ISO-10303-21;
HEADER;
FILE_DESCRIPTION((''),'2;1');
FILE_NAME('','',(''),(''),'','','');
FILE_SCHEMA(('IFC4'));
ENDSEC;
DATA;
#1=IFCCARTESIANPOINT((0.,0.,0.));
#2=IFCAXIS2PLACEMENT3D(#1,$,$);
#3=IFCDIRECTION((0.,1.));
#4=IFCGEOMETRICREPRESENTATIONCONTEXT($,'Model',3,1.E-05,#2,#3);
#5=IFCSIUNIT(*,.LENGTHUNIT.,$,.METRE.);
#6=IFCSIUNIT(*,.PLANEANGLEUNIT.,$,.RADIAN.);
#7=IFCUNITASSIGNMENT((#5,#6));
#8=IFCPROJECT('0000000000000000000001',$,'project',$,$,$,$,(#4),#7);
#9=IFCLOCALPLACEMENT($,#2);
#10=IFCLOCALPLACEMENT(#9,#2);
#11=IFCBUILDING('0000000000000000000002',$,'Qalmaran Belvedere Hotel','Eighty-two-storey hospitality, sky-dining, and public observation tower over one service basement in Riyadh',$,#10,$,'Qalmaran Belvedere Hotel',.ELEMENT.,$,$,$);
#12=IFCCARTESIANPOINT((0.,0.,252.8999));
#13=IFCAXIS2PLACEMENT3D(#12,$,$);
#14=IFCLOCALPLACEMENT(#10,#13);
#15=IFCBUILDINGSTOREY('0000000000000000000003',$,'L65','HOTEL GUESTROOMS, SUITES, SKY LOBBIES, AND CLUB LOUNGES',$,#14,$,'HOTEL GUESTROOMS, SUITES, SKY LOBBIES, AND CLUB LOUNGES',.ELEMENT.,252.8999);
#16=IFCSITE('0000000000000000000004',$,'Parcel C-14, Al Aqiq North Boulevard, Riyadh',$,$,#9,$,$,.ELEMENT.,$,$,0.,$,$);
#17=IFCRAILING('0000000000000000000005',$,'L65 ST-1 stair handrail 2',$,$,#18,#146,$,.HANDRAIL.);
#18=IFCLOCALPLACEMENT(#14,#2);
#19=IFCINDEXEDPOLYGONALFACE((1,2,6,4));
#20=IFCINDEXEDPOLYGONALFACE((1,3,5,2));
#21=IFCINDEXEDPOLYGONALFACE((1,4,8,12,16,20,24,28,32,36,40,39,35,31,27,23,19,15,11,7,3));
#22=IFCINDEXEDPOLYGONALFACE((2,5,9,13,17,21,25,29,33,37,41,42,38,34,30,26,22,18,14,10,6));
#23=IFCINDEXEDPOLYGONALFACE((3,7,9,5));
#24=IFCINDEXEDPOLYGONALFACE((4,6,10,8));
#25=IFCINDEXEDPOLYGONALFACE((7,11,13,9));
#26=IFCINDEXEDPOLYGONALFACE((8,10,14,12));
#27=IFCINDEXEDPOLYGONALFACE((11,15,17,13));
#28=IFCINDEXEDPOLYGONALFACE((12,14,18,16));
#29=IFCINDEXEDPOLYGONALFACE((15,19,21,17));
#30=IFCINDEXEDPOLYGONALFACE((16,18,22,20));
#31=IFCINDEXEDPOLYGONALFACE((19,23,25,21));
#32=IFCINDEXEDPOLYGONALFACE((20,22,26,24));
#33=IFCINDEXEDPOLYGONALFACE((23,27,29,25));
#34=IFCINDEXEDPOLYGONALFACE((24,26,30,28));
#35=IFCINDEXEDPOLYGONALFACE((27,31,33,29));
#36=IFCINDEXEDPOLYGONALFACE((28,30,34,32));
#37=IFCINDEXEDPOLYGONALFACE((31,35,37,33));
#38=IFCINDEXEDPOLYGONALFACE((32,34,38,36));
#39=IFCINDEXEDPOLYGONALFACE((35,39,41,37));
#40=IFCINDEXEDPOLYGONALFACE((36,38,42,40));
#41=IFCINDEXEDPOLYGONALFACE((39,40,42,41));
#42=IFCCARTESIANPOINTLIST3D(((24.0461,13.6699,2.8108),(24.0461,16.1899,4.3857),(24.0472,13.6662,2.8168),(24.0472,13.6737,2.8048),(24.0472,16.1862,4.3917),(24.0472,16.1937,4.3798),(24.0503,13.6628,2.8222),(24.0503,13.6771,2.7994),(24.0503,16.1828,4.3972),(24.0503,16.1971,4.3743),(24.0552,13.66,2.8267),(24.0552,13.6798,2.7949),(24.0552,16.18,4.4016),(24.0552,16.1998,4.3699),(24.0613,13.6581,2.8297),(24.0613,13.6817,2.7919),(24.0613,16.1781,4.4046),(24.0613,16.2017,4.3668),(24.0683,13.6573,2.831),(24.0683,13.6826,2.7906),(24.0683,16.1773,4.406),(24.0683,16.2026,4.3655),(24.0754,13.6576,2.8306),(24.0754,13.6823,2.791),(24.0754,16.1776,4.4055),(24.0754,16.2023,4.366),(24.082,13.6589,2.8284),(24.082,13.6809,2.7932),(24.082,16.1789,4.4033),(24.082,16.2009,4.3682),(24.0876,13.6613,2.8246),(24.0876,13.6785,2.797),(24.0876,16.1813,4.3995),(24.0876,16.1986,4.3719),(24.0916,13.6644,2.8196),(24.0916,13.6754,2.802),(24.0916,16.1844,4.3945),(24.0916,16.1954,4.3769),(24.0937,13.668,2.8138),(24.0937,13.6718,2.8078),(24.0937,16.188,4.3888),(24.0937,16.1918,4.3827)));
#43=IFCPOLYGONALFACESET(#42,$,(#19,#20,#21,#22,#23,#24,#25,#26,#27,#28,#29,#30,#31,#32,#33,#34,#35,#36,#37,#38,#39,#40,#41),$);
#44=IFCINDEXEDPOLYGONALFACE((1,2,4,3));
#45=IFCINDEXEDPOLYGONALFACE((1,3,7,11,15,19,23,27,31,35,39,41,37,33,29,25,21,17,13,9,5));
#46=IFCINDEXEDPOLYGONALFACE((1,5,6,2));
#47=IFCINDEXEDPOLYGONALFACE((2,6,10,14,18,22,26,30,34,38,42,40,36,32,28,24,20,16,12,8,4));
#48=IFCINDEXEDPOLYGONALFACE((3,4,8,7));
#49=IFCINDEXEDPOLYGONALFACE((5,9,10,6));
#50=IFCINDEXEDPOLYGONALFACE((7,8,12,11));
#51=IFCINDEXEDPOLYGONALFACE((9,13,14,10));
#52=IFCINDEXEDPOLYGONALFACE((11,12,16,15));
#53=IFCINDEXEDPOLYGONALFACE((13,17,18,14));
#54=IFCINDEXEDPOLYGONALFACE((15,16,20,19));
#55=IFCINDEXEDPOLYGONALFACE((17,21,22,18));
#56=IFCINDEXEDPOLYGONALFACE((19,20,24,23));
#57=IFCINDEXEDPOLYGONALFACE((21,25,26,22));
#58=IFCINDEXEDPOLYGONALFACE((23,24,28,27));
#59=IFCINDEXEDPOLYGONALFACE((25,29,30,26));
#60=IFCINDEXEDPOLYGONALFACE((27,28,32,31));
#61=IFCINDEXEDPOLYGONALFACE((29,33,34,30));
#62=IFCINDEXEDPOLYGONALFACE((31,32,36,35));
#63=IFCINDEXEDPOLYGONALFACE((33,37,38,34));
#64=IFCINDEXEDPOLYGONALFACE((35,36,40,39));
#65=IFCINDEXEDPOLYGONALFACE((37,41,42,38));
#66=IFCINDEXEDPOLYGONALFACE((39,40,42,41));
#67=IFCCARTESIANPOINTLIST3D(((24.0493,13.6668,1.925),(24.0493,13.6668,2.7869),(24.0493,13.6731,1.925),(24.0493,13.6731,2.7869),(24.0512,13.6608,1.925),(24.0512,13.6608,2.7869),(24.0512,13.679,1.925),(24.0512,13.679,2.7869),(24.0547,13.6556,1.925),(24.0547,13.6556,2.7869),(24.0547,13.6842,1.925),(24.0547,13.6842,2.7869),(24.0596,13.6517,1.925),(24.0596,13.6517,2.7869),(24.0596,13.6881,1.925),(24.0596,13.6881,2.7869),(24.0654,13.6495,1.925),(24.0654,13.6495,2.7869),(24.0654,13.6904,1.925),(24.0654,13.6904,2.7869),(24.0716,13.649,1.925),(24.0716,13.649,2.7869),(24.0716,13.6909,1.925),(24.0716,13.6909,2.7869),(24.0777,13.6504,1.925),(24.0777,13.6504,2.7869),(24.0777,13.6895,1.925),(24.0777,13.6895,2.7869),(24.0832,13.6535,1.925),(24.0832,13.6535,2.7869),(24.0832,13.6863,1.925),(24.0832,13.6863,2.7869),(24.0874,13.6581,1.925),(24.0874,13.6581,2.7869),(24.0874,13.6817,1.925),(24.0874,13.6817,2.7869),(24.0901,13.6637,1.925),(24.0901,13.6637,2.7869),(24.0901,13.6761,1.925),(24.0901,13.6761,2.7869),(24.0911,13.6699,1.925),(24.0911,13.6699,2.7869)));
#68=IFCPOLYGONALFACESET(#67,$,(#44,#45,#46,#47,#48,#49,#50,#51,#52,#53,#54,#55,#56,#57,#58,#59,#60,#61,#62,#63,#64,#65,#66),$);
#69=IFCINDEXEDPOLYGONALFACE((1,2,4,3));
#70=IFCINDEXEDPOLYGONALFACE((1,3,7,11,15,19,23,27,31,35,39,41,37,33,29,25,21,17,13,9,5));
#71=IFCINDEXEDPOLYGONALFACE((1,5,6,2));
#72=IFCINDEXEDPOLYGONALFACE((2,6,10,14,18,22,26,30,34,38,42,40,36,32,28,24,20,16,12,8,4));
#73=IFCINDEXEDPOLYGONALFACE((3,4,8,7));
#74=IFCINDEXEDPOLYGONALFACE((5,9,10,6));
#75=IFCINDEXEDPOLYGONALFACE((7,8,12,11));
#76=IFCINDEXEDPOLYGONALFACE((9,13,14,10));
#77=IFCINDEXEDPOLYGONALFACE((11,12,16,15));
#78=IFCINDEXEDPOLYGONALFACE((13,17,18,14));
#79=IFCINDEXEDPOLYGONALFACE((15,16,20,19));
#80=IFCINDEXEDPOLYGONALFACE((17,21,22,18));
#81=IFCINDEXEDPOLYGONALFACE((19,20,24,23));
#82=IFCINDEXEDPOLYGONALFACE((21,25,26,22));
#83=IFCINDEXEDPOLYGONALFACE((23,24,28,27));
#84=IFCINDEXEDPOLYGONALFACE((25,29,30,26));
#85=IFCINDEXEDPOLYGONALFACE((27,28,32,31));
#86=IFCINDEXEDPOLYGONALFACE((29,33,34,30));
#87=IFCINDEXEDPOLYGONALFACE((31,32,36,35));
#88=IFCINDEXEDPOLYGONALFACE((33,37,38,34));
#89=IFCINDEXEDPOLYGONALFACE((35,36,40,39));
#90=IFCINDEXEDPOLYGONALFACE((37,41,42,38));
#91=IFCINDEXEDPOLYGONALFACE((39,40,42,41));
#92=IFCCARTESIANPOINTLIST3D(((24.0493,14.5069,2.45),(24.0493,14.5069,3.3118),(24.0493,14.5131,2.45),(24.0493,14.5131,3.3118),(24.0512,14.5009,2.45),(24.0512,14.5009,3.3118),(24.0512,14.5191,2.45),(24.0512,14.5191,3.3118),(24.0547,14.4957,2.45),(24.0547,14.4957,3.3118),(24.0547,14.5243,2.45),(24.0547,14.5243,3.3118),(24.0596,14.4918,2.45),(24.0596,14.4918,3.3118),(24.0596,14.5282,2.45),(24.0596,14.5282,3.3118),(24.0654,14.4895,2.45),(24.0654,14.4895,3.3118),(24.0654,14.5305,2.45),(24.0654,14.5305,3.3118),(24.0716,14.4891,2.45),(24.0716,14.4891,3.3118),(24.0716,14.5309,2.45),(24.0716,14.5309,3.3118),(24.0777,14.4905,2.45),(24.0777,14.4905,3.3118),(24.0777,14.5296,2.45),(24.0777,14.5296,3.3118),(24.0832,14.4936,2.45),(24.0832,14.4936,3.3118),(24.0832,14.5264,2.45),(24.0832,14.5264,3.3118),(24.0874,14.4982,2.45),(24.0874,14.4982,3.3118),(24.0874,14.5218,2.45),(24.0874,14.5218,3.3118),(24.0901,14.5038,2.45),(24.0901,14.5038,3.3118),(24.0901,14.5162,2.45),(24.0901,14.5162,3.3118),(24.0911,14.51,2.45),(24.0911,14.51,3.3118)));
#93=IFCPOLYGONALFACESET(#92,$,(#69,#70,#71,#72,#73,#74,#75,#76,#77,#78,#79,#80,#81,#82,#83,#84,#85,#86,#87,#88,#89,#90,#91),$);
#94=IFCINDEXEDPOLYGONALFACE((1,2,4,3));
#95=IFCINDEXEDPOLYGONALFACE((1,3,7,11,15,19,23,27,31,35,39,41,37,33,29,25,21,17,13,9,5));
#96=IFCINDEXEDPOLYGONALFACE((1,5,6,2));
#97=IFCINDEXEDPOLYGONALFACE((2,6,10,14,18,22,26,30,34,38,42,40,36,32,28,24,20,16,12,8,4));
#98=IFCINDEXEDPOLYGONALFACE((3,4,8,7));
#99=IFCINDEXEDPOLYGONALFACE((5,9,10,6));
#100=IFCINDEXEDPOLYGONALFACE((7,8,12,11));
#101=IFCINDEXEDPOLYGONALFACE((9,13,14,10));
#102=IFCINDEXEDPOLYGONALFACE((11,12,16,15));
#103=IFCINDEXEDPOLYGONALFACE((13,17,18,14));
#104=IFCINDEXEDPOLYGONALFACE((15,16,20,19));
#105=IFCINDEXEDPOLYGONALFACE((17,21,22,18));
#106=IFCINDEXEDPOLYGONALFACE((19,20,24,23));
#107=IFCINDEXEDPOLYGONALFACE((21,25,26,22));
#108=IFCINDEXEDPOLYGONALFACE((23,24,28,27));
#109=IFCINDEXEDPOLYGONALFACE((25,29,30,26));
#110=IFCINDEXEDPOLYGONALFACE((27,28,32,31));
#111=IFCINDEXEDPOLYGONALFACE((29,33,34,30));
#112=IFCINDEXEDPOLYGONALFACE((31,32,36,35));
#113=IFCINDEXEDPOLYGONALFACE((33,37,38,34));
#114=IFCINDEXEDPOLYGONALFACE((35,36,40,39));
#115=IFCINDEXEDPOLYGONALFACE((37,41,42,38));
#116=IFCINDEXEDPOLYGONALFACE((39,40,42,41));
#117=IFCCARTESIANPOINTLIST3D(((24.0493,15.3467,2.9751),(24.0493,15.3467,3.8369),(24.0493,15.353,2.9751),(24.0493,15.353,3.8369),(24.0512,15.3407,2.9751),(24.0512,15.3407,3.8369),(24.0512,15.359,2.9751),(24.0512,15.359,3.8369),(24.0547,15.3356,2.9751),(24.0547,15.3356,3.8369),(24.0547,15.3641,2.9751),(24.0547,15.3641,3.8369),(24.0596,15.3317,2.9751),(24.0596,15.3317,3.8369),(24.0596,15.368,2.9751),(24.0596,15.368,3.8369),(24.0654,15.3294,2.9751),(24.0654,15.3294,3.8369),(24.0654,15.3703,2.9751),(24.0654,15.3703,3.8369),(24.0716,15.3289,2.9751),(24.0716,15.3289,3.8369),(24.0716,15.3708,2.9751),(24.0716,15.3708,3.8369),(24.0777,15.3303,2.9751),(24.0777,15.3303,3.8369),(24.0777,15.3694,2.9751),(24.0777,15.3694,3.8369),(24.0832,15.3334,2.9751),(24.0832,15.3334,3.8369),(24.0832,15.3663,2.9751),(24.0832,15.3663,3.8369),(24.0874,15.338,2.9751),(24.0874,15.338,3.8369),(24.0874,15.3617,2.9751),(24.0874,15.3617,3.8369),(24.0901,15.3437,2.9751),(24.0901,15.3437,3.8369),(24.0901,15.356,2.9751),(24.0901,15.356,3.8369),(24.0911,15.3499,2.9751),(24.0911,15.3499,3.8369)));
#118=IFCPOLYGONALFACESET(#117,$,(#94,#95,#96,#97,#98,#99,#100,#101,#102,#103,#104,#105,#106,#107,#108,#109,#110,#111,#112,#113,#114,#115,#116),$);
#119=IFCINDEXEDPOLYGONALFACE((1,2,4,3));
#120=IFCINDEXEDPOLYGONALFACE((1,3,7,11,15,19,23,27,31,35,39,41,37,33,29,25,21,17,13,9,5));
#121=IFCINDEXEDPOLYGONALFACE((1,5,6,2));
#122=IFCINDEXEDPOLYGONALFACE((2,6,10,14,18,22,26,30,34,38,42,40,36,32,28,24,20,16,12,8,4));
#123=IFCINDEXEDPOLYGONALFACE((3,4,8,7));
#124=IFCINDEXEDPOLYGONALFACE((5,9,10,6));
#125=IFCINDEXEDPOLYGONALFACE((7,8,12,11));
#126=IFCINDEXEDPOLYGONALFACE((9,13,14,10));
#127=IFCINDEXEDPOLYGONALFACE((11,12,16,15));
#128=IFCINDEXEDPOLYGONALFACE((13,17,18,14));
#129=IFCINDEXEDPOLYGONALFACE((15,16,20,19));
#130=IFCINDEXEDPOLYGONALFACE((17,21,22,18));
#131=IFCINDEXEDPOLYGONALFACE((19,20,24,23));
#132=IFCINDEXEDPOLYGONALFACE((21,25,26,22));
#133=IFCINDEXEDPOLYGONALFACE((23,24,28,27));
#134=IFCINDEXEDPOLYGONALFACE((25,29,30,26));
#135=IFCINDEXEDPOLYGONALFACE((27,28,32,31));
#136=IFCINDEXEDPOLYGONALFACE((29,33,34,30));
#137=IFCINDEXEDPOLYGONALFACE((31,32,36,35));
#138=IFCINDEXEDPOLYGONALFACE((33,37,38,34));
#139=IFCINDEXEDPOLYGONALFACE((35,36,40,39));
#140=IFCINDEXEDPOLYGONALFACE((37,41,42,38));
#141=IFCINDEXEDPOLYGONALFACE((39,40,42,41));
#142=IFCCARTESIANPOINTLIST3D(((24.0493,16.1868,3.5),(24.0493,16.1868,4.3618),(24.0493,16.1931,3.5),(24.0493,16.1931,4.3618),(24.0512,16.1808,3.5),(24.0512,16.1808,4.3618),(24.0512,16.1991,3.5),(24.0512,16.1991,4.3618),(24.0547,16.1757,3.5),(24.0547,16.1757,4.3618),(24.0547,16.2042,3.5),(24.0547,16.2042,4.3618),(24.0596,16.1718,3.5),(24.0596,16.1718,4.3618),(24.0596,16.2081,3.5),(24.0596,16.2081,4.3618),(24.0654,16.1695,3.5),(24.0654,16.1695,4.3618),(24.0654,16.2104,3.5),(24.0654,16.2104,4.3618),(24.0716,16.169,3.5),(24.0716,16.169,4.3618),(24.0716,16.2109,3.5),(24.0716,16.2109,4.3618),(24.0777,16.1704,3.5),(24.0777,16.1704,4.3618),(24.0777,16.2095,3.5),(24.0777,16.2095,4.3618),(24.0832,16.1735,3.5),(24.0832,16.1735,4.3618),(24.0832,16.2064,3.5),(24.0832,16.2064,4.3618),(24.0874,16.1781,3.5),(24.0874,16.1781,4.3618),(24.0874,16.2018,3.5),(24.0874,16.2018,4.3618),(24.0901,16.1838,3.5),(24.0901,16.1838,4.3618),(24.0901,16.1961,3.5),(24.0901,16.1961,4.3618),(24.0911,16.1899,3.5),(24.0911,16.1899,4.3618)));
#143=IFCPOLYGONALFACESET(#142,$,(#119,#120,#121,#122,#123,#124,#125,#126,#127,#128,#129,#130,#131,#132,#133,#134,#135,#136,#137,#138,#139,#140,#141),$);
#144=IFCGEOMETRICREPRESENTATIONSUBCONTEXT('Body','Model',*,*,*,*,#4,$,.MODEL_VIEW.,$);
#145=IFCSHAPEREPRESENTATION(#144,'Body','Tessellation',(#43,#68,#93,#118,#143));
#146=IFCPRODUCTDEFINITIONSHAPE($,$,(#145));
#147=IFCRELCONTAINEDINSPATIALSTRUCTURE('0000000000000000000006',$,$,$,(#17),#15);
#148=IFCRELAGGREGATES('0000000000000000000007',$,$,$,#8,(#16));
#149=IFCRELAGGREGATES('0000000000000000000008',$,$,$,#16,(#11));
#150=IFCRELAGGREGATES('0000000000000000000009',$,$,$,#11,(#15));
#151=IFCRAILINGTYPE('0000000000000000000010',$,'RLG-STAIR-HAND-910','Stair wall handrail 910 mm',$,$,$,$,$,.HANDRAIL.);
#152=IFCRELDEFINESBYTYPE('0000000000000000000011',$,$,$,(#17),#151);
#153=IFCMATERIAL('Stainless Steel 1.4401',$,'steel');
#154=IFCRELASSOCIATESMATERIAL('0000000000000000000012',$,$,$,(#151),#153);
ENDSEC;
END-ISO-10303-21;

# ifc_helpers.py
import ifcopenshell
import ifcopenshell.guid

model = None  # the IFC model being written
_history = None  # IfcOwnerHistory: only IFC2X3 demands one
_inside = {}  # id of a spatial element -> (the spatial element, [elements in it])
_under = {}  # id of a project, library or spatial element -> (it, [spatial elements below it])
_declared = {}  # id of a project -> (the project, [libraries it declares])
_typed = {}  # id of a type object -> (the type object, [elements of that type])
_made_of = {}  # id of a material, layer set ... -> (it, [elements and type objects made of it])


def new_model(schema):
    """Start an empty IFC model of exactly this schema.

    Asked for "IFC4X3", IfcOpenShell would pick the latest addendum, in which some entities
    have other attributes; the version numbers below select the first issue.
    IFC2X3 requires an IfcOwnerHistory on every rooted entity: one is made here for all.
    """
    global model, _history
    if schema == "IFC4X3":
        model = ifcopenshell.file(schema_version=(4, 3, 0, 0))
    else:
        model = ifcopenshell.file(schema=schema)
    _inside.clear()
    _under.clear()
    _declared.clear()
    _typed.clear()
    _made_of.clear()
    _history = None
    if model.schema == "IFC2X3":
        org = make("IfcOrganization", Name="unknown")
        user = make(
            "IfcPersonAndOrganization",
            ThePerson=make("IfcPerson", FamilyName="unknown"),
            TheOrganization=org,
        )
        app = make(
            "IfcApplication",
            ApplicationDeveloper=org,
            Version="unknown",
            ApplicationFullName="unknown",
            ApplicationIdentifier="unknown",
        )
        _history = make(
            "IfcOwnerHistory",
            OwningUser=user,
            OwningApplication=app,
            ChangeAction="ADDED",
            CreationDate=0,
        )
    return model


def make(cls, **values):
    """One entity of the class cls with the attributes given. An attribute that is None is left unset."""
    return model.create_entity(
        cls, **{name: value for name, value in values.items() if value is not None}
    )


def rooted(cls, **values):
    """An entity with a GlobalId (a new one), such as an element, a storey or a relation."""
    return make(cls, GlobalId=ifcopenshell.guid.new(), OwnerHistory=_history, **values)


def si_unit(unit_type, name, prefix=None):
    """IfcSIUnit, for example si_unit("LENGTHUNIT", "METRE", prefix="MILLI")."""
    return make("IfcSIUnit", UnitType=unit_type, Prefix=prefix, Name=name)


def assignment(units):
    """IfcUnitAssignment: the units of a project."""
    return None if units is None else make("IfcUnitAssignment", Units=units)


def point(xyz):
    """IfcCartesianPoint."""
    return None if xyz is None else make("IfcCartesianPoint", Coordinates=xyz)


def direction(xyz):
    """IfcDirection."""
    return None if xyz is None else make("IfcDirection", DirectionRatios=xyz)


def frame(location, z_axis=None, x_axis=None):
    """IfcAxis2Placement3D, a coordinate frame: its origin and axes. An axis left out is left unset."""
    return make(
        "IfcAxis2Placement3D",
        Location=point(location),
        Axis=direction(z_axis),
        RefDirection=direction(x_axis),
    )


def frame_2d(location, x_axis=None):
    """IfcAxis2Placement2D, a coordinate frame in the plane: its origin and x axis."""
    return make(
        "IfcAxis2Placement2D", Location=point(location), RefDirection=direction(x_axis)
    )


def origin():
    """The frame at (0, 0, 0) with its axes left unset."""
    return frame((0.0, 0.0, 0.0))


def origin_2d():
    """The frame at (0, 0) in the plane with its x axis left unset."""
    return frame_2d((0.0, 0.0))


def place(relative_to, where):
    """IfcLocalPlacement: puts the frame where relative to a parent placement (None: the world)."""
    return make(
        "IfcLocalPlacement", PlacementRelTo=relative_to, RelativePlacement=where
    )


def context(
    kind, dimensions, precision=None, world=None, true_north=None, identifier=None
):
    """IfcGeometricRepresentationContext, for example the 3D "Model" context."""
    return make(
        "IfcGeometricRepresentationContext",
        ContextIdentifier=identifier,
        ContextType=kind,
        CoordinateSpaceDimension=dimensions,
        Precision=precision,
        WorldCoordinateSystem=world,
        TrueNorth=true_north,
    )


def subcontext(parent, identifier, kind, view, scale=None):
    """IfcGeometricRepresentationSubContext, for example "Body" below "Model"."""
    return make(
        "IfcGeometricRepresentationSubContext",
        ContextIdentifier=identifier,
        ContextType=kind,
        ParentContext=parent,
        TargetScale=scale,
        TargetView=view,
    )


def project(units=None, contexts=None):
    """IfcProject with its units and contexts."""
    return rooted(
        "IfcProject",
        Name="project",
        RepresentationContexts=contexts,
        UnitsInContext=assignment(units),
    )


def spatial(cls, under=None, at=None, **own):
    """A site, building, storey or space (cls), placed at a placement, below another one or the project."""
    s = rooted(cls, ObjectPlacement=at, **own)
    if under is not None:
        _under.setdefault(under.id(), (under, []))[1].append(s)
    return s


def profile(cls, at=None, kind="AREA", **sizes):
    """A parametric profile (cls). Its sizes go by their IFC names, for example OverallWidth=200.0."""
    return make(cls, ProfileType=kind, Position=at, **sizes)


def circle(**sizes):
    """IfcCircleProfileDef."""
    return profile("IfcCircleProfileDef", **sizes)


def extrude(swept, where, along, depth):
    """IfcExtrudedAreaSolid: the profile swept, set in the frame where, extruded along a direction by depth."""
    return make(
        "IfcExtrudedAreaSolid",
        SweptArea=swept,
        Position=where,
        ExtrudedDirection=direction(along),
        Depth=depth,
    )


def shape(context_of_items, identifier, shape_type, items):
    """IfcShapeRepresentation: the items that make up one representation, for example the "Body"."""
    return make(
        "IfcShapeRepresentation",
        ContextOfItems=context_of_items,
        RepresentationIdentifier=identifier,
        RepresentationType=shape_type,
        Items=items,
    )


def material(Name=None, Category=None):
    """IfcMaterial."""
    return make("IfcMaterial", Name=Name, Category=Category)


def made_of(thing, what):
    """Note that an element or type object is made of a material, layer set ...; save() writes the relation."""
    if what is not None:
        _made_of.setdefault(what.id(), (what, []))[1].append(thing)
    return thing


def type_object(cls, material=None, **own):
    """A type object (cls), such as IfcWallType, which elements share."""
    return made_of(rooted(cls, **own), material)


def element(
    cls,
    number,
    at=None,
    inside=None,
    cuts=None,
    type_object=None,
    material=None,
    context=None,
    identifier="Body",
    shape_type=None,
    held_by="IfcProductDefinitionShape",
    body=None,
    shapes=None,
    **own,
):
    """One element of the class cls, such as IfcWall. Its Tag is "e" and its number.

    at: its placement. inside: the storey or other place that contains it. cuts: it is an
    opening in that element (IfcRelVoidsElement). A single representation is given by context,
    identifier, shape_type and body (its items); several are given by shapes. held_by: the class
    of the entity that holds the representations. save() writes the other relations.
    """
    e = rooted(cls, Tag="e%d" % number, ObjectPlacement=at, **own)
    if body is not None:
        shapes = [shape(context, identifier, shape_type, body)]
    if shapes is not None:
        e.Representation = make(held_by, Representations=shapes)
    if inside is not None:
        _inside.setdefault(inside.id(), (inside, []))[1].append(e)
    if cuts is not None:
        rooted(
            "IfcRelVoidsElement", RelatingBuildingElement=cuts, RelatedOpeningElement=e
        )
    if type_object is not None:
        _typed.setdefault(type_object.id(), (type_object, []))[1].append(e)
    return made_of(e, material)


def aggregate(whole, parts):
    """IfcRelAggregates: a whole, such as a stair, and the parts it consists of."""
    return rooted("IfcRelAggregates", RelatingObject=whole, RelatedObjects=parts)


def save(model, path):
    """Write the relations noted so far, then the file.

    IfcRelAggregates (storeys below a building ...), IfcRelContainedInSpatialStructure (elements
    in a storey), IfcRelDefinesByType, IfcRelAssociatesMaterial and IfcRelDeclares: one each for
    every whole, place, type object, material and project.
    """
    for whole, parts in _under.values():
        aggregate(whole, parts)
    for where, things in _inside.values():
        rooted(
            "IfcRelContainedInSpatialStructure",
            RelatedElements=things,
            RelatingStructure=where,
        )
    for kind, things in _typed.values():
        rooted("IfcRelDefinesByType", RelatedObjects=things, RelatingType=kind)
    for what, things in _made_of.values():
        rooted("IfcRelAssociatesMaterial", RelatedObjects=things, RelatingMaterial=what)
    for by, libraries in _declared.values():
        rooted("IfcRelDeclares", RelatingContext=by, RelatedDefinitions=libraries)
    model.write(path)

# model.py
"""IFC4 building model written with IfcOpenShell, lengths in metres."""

from ifc_helpers import new_model, si_unit, direction, frame, origin, origin_2d, place, context, subcontext, project, spatial, circle, extrude, material, type_object, element, save


model = new_model("IFC4")

# Units and contexts
model_context = context("Model", 3, precision=1e-05, world=origin(), true_north=direction((0.0, 1.0)))
body_context = subcontext(model_context, "Body", "Model", "MODEL_VIEW")
ifc_project = project(units=[si_unit("LENGTHUNIT", "METRE"), si_unit("PLANEANGLEUNIT", "RADIAN")], contexts=[model_context])

# Site, building, storey
site_placement = place(None, origin())
site = spatial("IfcSite", under=ifc_project, at=site_placement, Name="Parcel C-14, Al Aqiq North Boulevard, Riyadh", CompositionType="ELEMENT", RefElevation=0.0)
building_placement = place(site_placement, origin())
building = spatial("IfcBuilding", under=site, at=building_placement, Name="Qalmaran Belvedere Hotel", Description="Eighty-two-storey hospitality, sky-dining, and public observation tower over one service basement in Riyadh", LongName="Qalmaran Belvedere Hotel", CompositionType="ELEMENT")
storey_placement = place(building_placement, frame((0.0, 0.0, 252.8999)))
storey = spatial("IfcBuildingStorey", under=building, at=storey_placement, Name="L65", Description="HOTEL GUESTROOMS, SUITES, SKY LOBBIES, AND CLUB LOUNGES", LongName="HOTEL GUESTROOMS, SUITES, SKY LOBBIES, AND CLUB LOUNGES", CompositionType="ELEMENT", Elevation=252.8999)

# Shared definitions
ifc_material_1 = material(Name="Stainless Steel 1.4401", Category="steel")

# Railing
railing_type_1 = type_object("IfcRailingType", Name="RLG-STAIR-HAND-910", Description="Stair wall handrail 910 mm", PredefinedType="HANDRAIL", material=ifc_material_1)
railing_1_placement = place(storey_placement, frame((24.0701, 13.6699, 1.925)))
element("IfcRailing", 1, at=railing_1_placement, inside=storey, type_object=railing_type_1, Name="L65 ST-1 stair handrail 2", PredefinedType="HANDRAIL", context=body_context, shape_type="SweptSolid", body=[
    extrude(circle(Radius=0.0239, at=origin_2d()), frame((0.0, 0.0, 0.8857), z_axis=(0.0, 0.848008, 0.529984), x_axis=(-1.0, 0.0, 0.0)), (0.0, 0.0, 1.0), 2.9717),
    extrude(circle(Radius=0.021, at=origin_2d()), origin(), (0.0, 0.0, 1.0), 0.8618),
    extrude(circle(Radius=0.021, at=origin_2d()), frame((0.0, 0.8401, 0.5249)), (0.0, 0.0, 1.0), 0.8618),
    extrude(circle(Radius=0.021, at=origin_2d()), frame((0.0, 1.6799, 1.05)), (0.0, 0.0, 1.0), 0.8618),
    extrude(circle(Radius=0.021, at=origin_2d()), frame((0.0, 2.52, 1.575)), (0.0, 0.0, 1.0), 0.8618),
])

save(model, "model.ifc")
